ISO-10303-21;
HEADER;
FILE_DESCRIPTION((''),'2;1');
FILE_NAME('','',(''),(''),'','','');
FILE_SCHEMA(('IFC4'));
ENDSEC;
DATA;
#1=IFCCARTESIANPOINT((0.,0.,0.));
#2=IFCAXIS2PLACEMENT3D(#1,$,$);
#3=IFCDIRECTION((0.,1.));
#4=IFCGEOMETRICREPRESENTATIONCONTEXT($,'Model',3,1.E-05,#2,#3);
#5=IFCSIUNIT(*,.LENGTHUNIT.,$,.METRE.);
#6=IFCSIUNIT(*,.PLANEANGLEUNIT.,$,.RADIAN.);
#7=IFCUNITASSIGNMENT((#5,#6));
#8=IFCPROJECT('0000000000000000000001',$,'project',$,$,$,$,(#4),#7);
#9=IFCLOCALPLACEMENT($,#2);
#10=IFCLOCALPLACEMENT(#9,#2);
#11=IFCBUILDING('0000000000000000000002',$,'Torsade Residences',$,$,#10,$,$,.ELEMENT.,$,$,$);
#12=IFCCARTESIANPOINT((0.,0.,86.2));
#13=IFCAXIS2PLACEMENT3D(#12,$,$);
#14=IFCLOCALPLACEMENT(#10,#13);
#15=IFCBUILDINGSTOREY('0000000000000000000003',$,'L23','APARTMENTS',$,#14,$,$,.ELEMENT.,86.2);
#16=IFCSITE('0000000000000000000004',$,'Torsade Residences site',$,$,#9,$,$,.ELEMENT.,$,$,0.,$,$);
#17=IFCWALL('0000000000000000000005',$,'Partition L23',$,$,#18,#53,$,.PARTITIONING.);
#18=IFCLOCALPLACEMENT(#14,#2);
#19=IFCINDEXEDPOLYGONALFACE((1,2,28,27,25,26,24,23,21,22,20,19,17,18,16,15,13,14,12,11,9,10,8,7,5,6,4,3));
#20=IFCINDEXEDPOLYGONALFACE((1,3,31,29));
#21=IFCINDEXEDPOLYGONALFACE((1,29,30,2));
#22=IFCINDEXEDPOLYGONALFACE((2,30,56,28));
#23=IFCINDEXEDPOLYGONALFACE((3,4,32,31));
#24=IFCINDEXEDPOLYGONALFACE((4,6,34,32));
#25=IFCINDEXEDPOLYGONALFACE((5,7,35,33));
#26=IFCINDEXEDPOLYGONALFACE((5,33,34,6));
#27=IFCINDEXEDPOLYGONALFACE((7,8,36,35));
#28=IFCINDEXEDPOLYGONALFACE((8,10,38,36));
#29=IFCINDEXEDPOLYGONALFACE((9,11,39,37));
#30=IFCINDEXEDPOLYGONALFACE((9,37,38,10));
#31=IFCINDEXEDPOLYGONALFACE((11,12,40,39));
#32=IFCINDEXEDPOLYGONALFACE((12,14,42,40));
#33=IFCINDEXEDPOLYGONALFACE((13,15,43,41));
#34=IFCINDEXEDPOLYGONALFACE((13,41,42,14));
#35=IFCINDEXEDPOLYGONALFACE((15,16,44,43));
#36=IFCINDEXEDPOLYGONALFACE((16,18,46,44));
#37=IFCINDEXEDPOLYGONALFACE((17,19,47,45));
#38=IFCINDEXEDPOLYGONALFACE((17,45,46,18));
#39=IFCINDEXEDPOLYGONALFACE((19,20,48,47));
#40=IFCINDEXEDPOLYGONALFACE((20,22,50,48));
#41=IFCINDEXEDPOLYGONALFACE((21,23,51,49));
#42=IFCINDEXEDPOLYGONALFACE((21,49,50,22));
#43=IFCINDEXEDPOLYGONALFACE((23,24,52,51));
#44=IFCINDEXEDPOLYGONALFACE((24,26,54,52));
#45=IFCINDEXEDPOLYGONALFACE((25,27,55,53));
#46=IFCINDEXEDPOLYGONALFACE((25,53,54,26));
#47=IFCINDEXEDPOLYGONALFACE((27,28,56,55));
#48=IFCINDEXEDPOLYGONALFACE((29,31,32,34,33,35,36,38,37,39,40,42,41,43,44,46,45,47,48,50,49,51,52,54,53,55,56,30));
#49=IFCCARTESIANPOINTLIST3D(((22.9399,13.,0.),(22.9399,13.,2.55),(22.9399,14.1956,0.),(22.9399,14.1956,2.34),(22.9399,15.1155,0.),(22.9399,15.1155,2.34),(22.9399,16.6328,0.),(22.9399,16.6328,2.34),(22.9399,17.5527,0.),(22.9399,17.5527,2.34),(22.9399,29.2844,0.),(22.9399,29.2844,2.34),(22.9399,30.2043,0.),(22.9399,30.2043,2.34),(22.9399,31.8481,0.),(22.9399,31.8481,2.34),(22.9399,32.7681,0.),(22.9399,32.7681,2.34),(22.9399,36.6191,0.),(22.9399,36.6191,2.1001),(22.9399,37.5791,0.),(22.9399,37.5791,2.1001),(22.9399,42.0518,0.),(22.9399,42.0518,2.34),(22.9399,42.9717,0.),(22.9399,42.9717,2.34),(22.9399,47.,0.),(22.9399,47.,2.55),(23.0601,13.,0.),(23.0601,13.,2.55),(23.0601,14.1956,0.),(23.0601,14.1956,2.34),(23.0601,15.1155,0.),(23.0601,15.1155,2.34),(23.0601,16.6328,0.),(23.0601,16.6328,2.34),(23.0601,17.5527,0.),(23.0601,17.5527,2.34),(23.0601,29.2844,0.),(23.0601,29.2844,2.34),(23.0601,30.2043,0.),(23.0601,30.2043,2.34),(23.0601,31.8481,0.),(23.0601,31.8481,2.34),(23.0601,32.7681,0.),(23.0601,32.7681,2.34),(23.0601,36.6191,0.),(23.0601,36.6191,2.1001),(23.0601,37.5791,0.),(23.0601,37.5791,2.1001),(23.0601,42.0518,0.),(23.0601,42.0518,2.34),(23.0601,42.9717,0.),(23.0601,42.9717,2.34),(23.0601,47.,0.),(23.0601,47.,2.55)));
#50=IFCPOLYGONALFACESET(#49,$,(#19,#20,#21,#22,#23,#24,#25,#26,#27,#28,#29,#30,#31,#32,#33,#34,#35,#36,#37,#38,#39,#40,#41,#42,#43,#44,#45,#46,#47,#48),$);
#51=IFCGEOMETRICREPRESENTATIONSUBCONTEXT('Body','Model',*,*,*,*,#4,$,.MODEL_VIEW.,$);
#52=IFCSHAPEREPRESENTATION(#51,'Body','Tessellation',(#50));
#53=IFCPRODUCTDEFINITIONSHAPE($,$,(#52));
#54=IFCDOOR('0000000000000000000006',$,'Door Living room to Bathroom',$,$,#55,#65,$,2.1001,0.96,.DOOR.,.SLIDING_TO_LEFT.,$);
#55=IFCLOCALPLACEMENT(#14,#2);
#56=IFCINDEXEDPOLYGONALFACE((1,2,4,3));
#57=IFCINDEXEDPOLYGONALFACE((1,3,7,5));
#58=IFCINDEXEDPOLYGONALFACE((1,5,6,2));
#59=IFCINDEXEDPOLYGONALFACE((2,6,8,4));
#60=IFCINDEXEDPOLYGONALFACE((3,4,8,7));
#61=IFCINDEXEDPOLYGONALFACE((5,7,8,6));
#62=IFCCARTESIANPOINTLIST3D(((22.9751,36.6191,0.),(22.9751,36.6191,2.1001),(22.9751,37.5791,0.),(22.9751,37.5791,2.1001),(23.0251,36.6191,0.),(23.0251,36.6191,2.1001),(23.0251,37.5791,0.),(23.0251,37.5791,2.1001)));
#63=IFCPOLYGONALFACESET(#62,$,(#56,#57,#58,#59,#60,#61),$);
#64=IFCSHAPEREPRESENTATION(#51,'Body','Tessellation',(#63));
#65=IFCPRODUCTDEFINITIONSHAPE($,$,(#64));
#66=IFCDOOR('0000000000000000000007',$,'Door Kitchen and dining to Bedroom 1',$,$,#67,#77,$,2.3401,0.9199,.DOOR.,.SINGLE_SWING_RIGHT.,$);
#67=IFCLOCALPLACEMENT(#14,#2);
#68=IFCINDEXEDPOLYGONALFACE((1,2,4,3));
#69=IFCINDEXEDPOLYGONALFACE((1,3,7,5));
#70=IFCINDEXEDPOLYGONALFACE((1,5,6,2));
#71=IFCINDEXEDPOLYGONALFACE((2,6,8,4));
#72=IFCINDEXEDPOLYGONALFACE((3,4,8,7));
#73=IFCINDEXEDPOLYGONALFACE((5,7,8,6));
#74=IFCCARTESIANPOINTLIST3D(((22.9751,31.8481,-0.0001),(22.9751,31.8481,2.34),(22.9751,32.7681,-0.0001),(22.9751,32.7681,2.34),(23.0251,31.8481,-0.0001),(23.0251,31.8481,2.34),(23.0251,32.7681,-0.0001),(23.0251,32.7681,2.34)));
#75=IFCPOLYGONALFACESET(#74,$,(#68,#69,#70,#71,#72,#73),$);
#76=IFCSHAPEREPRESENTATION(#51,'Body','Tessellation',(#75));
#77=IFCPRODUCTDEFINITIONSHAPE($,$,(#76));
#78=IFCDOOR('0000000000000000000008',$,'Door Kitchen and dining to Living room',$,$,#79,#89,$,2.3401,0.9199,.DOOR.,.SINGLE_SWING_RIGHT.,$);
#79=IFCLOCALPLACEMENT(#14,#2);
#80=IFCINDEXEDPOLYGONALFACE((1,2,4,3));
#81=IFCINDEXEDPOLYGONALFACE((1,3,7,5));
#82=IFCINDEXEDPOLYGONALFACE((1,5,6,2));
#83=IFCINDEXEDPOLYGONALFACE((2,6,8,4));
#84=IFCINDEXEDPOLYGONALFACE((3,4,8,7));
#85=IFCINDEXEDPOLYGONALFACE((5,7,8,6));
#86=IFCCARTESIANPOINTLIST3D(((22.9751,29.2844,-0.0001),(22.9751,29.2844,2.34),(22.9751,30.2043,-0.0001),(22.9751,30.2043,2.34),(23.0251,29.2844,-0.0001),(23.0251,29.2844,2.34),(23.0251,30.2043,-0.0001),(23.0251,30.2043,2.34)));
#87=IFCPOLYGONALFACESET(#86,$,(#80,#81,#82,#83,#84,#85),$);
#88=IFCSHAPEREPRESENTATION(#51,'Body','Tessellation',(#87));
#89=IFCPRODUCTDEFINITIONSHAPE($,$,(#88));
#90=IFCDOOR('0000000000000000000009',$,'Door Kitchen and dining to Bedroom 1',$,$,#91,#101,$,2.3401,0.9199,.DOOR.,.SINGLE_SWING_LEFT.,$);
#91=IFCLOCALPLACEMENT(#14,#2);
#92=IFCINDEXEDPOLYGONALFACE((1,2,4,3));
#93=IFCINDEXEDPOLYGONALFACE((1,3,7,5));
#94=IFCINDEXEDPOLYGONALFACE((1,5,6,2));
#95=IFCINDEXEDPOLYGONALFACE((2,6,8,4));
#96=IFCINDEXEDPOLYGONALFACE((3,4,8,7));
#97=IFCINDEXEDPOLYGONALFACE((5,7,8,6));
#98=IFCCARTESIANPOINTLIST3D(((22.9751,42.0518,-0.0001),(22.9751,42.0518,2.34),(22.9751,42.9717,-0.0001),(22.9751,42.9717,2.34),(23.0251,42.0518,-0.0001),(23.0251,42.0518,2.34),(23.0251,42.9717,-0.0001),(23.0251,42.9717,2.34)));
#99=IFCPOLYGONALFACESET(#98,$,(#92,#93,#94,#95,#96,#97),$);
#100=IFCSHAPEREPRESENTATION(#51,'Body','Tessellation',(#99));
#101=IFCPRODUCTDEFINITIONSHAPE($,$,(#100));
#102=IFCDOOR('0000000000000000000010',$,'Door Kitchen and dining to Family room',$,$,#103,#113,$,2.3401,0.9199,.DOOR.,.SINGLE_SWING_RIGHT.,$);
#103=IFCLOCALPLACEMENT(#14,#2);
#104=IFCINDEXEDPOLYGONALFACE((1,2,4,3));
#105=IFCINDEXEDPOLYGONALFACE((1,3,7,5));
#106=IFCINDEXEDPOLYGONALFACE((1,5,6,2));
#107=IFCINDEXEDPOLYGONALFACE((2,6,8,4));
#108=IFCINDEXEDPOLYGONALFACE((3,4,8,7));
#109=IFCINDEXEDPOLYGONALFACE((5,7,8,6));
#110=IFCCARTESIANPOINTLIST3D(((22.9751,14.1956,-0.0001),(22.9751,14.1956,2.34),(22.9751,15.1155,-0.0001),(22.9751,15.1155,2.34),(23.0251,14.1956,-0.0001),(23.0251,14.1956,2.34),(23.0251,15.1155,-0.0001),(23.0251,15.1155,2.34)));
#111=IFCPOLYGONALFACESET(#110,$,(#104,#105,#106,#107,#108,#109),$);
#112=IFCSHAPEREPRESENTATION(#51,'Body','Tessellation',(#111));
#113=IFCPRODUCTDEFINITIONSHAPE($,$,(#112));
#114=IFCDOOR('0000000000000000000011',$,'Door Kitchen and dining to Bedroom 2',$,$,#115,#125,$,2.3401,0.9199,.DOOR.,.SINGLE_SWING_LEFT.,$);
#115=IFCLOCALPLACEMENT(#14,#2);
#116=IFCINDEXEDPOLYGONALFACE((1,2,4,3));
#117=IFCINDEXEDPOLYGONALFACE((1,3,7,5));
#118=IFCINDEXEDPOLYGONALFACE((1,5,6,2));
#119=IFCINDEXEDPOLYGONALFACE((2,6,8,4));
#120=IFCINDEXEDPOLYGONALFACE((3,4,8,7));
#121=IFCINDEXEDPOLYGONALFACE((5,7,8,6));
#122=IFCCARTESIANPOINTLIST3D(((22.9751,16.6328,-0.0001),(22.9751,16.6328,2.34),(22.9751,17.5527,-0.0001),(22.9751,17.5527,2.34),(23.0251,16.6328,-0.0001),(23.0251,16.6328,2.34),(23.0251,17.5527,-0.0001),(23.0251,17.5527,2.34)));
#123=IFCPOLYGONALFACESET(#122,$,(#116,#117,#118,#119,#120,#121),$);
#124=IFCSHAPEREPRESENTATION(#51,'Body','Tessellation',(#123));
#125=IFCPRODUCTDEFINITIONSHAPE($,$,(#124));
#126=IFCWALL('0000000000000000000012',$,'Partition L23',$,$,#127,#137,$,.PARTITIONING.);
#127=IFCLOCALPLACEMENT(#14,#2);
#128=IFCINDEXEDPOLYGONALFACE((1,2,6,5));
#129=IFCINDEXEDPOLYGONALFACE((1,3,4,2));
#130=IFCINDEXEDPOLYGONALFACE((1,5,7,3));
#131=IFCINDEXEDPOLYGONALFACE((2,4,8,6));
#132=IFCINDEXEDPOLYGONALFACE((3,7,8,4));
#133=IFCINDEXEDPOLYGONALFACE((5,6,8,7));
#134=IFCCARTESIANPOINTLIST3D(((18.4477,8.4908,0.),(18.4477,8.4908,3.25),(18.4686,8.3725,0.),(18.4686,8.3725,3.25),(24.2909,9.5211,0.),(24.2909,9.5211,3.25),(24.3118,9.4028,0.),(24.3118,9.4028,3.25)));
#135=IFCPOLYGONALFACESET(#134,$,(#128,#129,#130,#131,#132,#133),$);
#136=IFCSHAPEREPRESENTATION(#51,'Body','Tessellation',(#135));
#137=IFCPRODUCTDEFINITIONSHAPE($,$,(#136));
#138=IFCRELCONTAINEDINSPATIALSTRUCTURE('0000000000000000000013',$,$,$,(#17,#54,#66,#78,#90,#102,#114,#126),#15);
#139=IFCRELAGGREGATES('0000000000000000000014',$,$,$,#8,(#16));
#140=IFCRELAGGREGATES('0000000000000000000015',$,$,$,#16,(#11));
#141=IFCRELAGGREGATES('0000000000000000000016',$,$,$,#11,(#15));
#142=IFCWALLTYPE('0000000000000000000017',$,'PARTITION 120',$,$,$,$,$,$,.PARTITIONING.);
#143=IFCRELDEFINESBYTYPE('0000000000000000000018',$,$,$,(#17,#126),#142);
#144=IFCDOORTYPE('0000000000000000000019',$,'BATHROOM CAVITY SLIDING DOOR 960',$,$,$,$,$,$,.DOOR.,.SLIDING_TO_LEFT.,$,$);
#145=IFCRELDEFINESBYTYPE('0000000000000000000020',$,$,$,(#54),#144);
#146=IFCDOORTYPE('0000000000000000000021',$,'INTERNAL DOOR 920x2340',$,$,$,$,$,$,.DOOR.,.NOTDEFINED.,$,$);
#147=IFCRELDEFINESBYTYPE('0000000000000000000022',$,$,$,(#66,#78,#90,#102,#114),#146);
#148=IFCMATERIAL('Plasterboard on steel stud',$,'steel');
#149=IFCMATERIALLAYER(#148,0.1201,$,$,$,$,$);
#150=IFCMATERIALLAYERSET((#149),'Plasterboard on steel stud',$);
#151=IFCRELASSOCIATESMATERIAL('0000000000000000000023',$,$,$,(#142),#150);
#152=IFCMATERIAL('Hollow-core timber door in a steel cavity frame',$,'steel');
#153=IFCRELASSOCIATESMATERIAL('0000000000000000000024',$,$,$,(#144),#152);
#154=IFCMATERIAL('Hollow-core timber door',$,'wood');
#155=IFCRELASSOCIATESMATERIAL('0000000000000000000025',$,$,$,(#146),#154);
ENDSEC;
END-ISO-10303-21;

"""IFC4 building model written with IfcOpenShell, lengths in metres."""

from ifc_helpers import new_model, si_unit, direction, frame, frame_2d, origin, place, context, subcontext, project, spatial, rectangle, extrude, material, layer, layer_set, type_object, element, fill, save


model = new_model("IFC4")

# Units and contexts
model_context = context("Model", 3, precision=1e-05, world=origin(), true_north=direction((0.0, 1.0)))
body_context = subcontext(model_context, "Body", "Model", "MODEL_VIEW")
ifc_project = project(units=[si_unit("LENGTHUNIT", "METRE"), si_unit("PLANEANGLEUNIT", "RADIAN")], contexts=[model_context])

# Site, building, storey
site_placement = place(None, origin())
site = spatial("IfcSite", under=ifc_project, at=site_placement, Name="Torsade Residences site", CompositionType="ELEMENT", RefElevation=0.0)
building_placement = place(site_placement, origin())
building = spatial("IfcBuilding", under=site, at=building_placement, Name="Torsade Residences", CompositionType="ELEMENT")
storey_placement = place(building_placement, frame((0.0, 0.0, 86.2)))
storey = spatial("IfcBuildingStorey", under=building, at=storey_placement, Name="L23", Description="APARTMENTS", CompositionType="ELEMENT", Elevation=86.2)

# Wall, openings, doors
ifc_material_1 = material(Name="Plasterboard on steel stud", Category="steel")
ifc_layer_1 = layer(ifc_material_1, 0.1201)
ifc_layer_set_1 = layer_set([ifc_layer_1], Name="Plasterboard on steel stud")
wall_type_1 = type_object("IfcWallType", Name="PARTITION 120", PredefinedType="PARTITIONING", material=ifc_layer_set_1)
wall_1_placement = place(storey_placement, frame((23.0, 13.0, 0.0), z_axis=(0.0, 0.0, 1.0), x_axis=(0.0, 1.0, 0.0)))
wall_1 = element("IfcWall", 1, at=wall_1_placement, inside=storey, type_object=wall_type_1, Name="Partition L23", PredefinedType="PARTITIONING", context=body_context, shape_type="SweptSolid", body=[
    extrude(rectangle(XDim=34.0, YDim=0.1201, at=frame_2d((17.0, 0.0))), origin(), (0.0, 0.0, 1.0), 2.55),
])
opening_1_placement = place(wall_1_placement, frame((18.8481, 0.0, 0.0)))
opening_1 = element("IfcOpeningElement", 2, at=opening_1_placement, cuts=wall_1, PredefinedType="OPENING", context=body_context, shape_type="SweptSolid", body=[
    extrude(rectangle(XDim=0.9199, YDim=2.3401, at=frame_2d((0.46, 1.1699))), frame((0.0, 0.0701, 0.0), z_axis=(0.0, -1.0, 0.0), x_axis=(1.0, 0.0, 0.0)), (0.0, 0.0, 1.0), 0.1401),
])
opening_2_placement = place(wall_1_placement, frame((16.2844, 0.0, 0.0)))
opening_2 = element("IfcOpeningElement", 3, at=opening_2_placement, cuts=wall_1, PredefinedType="OPENING", context=body_context, shape_type="SweptSolid", body=[
    extrude(rectangle(XDim=0.9199, YDim=2.3401, at=frame_2d((0.46, 1.1699))), frame((0.0, 0.0701, 0.0), z_axis=(0.0, -1.0, 0.0), x_axis=(1.0, 0.0, 0.0)), (0.0, 0.0, 1.0), 0.1401),
])
opening_3_placement = place(wall_1_placement, frame((29.0518, 0.0, 0.0)))
opening_3 = element("IfcOpeningElement", 4, at=opening_3_placement, cuts=wall_1, PredefinedType="OPENING", context=body_context, shape_type="SweptSolid", body=[
    extrude(rectangle(XDim=0.9199, YDim=2.3401, at=frame_2d((0.46, 1.1699))), frame((0.0, 0.0701, 0.0), z_axis=(0.0, -1.0, 0.0), x_axis=(1.0, 0.0, 0.0)), (0.0, 0.0, 1.0), 0.1401),
])
opening_4_placement = place(wall_1_placement, frame((1.1956, 0.0, 0.0)))
opening_4 = element("IfcOpeningElement", 5, at=opening_4_placement, cuts=wall_1, PredefinedType="OPENING", context=body_context, shape_type="SweptSolid", body=[
    extrude(rectangle(XDim=0.9199, YDim=2.3401, at=frame_2d((0.46, 1.1699))), frame((0.0, 0.0701, 0.0), z_axis=(0.0, -1.0, 0.0), x_axis=(1.0, 0.0, 0.0)), (0.0, 0.0, 1.0), 0.1401),
])
opening_5_placement = place(wall_1_placement, frame((3.6328, 0.0, 0.0)))
opening_5 = element("IfcOpeningElement", 6, at=opening_5_placement, cuts=wall_1, PredefinedType="OPENING", context=body_context, shape_type="SweptSolid", body=[
    extrude(rectangle(XDim=0.9199, YDim=2.3401, at=frame_2d((0.46, 1.1699))), frame((0.0, 0.0701, 0.0), z_axis=(0.0, -1.0, 0.0), x_axis=(1.0, 0.0, 0.0)), (0.0, 0.0, 1.0), 0.1401),
])
opening_6_placement = place(wall_1_placement, frame((23.6191, 0.0, 0.0)))
opening_6 = element("IfcOpeningElement", 7, at=opening_6_placement, cuts=wall_1, PredefinedType="OPENING", context=body_context, shape_type="SweptSolid", body=[
    extrude(rectangle(XDim=0.96, YDim=2.1001, at=frame_2d((0.48, 1.05))), frame((0.0, 0.0701, 0.0), z_axis=(0.0, -1.0, 0.0), x_axis=(1.0, 0.0, 0.0)), (0.0, 0.0, 1.0), 0.1401),
])
ifc_material_2 = material(Name="Hollow-core timber door in a steel cavity frame", Category="steel")
door_type_1 = type_object("IfcDoorType", Name="BATHROOM CAVITY SLIDING DOOR 960", OperationType="SLIDING_TO_LEFT", PredefinedType="DOOR", material=ifc_material_2)
door_1_placement = place(opening_6_placement, origin())
door_1 = element("IfcDoor", 8, at=door_1_placement, inside=storey, type_object=door_type_1, Name="Door Living room to Bathroom", OperationType="SLIDING_TO_LEFT", OverallHeight=2.1001, OverallWidth=0.96, PredefinedType="DOOR", context=body_context, shape_type="SweptSolid", body=[
    extrude(rectangle(XDim=0.96, YDim=2.1001, at=frame_2d((0.48, 1.05))), frame((0.0, 0.0249, 0.0), z_axis=(0.0, -1.0, 0.0), x_axis=(1.0, 0.0, 0.0)), (0.0, 0.0, 1.0), 0.05),
])
fill(opening_6, door_1)
ifc_material_3 = material(Name="Hollow-core timber door", Category="wood")
door_type_2 = type_object("IfcDoorType", Name="INTERNAL DOOR 920x2340", OperationType="NOTDEFINED", PredefinedType="DOOR", material=ifc_material_3)
door_2_placement = place(opening_1_placement, origin())
door_2 = element("IfcDoor", 9, at=door_2_placement, inside=storey, type_object=door_type_2, Name="Door Kitchen and dining to Bedroom 1", OperationType="SINGLE_SWING_RIGHT", OverallHeight=2.3401, OverallWidth=0.9199, PredefinedType="DOOR", context=body_context, shape_type="SweptSolid", body=[
    extrude(rectangle(XDim=0.9199, YDim=2.3401, at=frame_2d((0.46, 1.1699))), frame((0.0, 0.0249, 0.0), z_axis=(0.0, -1.0, 0.0), x_axis=(1.0, 0.0, 0.0)), (0.0, 0.0, 1.0), 0.05),
])
fill(opening_1, door_2)
door_3_placement = place(opening_2_placement, origin())
door_3 = element("IfcDoor", 10, at=door_3_placement, inside=storey, type_object=door_type_2, Name="Door Kitchen and dining to Living room", OperationType="SINGLE_SWING_RIGHT", OverallHeight=2.3401, OverallWidth=0.9199, PredefinedType="DOOR", context=body_context, shape_type="SweptSolid", body=[
    extrude(rectangle(XDim=0.9199, YDim=2.3401, at=frame_2d((0.46, 1.1699))), frame((0.0, 0.0249, 0.0), z_axis=(0.0, -1.0, 0.0), x_axis=(1.0, 0.0, 0.0)), (0.0, 0.0, 1.0), 0.05),
])
fill(opening_2, door_3)
door_4_placement = place(opening_3_placement, origin())
door_4 = element("IfcDoor", 11, at=door_4_placement, inside=storey, type_object=door_type_2, Name="Door Kitchen and dining to Bedroom 1", OperationType="SINGLE_SWING_LEFT", OverallHeight=2.3401, OverallWidth=0.9199, PredefinedType="DOOR", context=body_context, shape_type="SweptSolid", body=[
    extrude(rectangle(XDim=0.9199, YDim=2.3401, at=frame_2d((0.46, 1.1699))), frame((0.0, 0.0249, 0.0), z_axis=(0.0, -1.0, 0.0), x_axis=(1.0, 0.0, 0.0)), (0.0, 0.0, 1.0), 0.05),
])
fill(opening_3, door_4)
door_5_placement = place(opening_4_placement, origin())
door_5 = element("IfcDoor", 12, at=door_5_placement, inside=storey, type_object=door_type_2, Name="Door Kitchen and dining to Family room", OperationType="SINGLE_SWING_RIGHT", OverallHeight=2.3401, OverallWidth=0.9199, PredefinedType="DOOR", context=body_context, shape_type="SweptSolid", body=[
    extrude(rectangle(XDim=0.9199, YDim=2.3401, at=frame_2d((0.46, 1.1699))), frame((0.0, 0.0249, 0.0), z_axis=(0.0, -1.0, 0.0), x_axis=(1.0, 0.0, 0.0)), (0.0, 0.0, 1.0), 0.05),
])
fill(opening_4, door_5)
door_6_placement = place(opening_5_placement, origin())
door_6 = element("IfcDoor", 13, at=door_6_placement, inside=storey, type_object=door_type_2, Name="Door Kitchen and dining to Bedroom 2", OperationType="SINGLE_SWING_LEFT", OverallHeight=2.3401, OverallWidth=0.9199, PredefinedType="DOOR", context=body_context, shape_type="SweptSolid", body=[
    extrude(rectangle(XDim=0.9199, YDim=2.3401, at=frame_2d((0.46, 1.1699))), frame((0.0, 0.0249, 0.0), z_axis=(0.0, -1.0, 0.0), x_axis=(1.0, 0.0, 0.0)), (0.0, 0.0, 1.0), 0.05),
])
fill(opening_5, door_6)

# Wall
wall_2_placement = place(storey_placement, frame((18.458, 8.4316, 0.0), z_axis=(0.0, 0.0, 1.0), x_axis=(0.984809, 0.17364, 0.0)))
element("IfcWall", 14, at=wall_2_placement, inside=storey, type_object=wall_type_1, Name="Partition L23", PredefinedType="PARTITIONING", context=body_context, shape_type="SweptSolid", body=[
    extrude(rectangle(XDim=5.9333, YDim=0.1201, at=frame_2d((2.9668, 0.0))), origin(), (0.0, 0.0, 1.0), 3.25),
])

save(model, "model.ifc")
